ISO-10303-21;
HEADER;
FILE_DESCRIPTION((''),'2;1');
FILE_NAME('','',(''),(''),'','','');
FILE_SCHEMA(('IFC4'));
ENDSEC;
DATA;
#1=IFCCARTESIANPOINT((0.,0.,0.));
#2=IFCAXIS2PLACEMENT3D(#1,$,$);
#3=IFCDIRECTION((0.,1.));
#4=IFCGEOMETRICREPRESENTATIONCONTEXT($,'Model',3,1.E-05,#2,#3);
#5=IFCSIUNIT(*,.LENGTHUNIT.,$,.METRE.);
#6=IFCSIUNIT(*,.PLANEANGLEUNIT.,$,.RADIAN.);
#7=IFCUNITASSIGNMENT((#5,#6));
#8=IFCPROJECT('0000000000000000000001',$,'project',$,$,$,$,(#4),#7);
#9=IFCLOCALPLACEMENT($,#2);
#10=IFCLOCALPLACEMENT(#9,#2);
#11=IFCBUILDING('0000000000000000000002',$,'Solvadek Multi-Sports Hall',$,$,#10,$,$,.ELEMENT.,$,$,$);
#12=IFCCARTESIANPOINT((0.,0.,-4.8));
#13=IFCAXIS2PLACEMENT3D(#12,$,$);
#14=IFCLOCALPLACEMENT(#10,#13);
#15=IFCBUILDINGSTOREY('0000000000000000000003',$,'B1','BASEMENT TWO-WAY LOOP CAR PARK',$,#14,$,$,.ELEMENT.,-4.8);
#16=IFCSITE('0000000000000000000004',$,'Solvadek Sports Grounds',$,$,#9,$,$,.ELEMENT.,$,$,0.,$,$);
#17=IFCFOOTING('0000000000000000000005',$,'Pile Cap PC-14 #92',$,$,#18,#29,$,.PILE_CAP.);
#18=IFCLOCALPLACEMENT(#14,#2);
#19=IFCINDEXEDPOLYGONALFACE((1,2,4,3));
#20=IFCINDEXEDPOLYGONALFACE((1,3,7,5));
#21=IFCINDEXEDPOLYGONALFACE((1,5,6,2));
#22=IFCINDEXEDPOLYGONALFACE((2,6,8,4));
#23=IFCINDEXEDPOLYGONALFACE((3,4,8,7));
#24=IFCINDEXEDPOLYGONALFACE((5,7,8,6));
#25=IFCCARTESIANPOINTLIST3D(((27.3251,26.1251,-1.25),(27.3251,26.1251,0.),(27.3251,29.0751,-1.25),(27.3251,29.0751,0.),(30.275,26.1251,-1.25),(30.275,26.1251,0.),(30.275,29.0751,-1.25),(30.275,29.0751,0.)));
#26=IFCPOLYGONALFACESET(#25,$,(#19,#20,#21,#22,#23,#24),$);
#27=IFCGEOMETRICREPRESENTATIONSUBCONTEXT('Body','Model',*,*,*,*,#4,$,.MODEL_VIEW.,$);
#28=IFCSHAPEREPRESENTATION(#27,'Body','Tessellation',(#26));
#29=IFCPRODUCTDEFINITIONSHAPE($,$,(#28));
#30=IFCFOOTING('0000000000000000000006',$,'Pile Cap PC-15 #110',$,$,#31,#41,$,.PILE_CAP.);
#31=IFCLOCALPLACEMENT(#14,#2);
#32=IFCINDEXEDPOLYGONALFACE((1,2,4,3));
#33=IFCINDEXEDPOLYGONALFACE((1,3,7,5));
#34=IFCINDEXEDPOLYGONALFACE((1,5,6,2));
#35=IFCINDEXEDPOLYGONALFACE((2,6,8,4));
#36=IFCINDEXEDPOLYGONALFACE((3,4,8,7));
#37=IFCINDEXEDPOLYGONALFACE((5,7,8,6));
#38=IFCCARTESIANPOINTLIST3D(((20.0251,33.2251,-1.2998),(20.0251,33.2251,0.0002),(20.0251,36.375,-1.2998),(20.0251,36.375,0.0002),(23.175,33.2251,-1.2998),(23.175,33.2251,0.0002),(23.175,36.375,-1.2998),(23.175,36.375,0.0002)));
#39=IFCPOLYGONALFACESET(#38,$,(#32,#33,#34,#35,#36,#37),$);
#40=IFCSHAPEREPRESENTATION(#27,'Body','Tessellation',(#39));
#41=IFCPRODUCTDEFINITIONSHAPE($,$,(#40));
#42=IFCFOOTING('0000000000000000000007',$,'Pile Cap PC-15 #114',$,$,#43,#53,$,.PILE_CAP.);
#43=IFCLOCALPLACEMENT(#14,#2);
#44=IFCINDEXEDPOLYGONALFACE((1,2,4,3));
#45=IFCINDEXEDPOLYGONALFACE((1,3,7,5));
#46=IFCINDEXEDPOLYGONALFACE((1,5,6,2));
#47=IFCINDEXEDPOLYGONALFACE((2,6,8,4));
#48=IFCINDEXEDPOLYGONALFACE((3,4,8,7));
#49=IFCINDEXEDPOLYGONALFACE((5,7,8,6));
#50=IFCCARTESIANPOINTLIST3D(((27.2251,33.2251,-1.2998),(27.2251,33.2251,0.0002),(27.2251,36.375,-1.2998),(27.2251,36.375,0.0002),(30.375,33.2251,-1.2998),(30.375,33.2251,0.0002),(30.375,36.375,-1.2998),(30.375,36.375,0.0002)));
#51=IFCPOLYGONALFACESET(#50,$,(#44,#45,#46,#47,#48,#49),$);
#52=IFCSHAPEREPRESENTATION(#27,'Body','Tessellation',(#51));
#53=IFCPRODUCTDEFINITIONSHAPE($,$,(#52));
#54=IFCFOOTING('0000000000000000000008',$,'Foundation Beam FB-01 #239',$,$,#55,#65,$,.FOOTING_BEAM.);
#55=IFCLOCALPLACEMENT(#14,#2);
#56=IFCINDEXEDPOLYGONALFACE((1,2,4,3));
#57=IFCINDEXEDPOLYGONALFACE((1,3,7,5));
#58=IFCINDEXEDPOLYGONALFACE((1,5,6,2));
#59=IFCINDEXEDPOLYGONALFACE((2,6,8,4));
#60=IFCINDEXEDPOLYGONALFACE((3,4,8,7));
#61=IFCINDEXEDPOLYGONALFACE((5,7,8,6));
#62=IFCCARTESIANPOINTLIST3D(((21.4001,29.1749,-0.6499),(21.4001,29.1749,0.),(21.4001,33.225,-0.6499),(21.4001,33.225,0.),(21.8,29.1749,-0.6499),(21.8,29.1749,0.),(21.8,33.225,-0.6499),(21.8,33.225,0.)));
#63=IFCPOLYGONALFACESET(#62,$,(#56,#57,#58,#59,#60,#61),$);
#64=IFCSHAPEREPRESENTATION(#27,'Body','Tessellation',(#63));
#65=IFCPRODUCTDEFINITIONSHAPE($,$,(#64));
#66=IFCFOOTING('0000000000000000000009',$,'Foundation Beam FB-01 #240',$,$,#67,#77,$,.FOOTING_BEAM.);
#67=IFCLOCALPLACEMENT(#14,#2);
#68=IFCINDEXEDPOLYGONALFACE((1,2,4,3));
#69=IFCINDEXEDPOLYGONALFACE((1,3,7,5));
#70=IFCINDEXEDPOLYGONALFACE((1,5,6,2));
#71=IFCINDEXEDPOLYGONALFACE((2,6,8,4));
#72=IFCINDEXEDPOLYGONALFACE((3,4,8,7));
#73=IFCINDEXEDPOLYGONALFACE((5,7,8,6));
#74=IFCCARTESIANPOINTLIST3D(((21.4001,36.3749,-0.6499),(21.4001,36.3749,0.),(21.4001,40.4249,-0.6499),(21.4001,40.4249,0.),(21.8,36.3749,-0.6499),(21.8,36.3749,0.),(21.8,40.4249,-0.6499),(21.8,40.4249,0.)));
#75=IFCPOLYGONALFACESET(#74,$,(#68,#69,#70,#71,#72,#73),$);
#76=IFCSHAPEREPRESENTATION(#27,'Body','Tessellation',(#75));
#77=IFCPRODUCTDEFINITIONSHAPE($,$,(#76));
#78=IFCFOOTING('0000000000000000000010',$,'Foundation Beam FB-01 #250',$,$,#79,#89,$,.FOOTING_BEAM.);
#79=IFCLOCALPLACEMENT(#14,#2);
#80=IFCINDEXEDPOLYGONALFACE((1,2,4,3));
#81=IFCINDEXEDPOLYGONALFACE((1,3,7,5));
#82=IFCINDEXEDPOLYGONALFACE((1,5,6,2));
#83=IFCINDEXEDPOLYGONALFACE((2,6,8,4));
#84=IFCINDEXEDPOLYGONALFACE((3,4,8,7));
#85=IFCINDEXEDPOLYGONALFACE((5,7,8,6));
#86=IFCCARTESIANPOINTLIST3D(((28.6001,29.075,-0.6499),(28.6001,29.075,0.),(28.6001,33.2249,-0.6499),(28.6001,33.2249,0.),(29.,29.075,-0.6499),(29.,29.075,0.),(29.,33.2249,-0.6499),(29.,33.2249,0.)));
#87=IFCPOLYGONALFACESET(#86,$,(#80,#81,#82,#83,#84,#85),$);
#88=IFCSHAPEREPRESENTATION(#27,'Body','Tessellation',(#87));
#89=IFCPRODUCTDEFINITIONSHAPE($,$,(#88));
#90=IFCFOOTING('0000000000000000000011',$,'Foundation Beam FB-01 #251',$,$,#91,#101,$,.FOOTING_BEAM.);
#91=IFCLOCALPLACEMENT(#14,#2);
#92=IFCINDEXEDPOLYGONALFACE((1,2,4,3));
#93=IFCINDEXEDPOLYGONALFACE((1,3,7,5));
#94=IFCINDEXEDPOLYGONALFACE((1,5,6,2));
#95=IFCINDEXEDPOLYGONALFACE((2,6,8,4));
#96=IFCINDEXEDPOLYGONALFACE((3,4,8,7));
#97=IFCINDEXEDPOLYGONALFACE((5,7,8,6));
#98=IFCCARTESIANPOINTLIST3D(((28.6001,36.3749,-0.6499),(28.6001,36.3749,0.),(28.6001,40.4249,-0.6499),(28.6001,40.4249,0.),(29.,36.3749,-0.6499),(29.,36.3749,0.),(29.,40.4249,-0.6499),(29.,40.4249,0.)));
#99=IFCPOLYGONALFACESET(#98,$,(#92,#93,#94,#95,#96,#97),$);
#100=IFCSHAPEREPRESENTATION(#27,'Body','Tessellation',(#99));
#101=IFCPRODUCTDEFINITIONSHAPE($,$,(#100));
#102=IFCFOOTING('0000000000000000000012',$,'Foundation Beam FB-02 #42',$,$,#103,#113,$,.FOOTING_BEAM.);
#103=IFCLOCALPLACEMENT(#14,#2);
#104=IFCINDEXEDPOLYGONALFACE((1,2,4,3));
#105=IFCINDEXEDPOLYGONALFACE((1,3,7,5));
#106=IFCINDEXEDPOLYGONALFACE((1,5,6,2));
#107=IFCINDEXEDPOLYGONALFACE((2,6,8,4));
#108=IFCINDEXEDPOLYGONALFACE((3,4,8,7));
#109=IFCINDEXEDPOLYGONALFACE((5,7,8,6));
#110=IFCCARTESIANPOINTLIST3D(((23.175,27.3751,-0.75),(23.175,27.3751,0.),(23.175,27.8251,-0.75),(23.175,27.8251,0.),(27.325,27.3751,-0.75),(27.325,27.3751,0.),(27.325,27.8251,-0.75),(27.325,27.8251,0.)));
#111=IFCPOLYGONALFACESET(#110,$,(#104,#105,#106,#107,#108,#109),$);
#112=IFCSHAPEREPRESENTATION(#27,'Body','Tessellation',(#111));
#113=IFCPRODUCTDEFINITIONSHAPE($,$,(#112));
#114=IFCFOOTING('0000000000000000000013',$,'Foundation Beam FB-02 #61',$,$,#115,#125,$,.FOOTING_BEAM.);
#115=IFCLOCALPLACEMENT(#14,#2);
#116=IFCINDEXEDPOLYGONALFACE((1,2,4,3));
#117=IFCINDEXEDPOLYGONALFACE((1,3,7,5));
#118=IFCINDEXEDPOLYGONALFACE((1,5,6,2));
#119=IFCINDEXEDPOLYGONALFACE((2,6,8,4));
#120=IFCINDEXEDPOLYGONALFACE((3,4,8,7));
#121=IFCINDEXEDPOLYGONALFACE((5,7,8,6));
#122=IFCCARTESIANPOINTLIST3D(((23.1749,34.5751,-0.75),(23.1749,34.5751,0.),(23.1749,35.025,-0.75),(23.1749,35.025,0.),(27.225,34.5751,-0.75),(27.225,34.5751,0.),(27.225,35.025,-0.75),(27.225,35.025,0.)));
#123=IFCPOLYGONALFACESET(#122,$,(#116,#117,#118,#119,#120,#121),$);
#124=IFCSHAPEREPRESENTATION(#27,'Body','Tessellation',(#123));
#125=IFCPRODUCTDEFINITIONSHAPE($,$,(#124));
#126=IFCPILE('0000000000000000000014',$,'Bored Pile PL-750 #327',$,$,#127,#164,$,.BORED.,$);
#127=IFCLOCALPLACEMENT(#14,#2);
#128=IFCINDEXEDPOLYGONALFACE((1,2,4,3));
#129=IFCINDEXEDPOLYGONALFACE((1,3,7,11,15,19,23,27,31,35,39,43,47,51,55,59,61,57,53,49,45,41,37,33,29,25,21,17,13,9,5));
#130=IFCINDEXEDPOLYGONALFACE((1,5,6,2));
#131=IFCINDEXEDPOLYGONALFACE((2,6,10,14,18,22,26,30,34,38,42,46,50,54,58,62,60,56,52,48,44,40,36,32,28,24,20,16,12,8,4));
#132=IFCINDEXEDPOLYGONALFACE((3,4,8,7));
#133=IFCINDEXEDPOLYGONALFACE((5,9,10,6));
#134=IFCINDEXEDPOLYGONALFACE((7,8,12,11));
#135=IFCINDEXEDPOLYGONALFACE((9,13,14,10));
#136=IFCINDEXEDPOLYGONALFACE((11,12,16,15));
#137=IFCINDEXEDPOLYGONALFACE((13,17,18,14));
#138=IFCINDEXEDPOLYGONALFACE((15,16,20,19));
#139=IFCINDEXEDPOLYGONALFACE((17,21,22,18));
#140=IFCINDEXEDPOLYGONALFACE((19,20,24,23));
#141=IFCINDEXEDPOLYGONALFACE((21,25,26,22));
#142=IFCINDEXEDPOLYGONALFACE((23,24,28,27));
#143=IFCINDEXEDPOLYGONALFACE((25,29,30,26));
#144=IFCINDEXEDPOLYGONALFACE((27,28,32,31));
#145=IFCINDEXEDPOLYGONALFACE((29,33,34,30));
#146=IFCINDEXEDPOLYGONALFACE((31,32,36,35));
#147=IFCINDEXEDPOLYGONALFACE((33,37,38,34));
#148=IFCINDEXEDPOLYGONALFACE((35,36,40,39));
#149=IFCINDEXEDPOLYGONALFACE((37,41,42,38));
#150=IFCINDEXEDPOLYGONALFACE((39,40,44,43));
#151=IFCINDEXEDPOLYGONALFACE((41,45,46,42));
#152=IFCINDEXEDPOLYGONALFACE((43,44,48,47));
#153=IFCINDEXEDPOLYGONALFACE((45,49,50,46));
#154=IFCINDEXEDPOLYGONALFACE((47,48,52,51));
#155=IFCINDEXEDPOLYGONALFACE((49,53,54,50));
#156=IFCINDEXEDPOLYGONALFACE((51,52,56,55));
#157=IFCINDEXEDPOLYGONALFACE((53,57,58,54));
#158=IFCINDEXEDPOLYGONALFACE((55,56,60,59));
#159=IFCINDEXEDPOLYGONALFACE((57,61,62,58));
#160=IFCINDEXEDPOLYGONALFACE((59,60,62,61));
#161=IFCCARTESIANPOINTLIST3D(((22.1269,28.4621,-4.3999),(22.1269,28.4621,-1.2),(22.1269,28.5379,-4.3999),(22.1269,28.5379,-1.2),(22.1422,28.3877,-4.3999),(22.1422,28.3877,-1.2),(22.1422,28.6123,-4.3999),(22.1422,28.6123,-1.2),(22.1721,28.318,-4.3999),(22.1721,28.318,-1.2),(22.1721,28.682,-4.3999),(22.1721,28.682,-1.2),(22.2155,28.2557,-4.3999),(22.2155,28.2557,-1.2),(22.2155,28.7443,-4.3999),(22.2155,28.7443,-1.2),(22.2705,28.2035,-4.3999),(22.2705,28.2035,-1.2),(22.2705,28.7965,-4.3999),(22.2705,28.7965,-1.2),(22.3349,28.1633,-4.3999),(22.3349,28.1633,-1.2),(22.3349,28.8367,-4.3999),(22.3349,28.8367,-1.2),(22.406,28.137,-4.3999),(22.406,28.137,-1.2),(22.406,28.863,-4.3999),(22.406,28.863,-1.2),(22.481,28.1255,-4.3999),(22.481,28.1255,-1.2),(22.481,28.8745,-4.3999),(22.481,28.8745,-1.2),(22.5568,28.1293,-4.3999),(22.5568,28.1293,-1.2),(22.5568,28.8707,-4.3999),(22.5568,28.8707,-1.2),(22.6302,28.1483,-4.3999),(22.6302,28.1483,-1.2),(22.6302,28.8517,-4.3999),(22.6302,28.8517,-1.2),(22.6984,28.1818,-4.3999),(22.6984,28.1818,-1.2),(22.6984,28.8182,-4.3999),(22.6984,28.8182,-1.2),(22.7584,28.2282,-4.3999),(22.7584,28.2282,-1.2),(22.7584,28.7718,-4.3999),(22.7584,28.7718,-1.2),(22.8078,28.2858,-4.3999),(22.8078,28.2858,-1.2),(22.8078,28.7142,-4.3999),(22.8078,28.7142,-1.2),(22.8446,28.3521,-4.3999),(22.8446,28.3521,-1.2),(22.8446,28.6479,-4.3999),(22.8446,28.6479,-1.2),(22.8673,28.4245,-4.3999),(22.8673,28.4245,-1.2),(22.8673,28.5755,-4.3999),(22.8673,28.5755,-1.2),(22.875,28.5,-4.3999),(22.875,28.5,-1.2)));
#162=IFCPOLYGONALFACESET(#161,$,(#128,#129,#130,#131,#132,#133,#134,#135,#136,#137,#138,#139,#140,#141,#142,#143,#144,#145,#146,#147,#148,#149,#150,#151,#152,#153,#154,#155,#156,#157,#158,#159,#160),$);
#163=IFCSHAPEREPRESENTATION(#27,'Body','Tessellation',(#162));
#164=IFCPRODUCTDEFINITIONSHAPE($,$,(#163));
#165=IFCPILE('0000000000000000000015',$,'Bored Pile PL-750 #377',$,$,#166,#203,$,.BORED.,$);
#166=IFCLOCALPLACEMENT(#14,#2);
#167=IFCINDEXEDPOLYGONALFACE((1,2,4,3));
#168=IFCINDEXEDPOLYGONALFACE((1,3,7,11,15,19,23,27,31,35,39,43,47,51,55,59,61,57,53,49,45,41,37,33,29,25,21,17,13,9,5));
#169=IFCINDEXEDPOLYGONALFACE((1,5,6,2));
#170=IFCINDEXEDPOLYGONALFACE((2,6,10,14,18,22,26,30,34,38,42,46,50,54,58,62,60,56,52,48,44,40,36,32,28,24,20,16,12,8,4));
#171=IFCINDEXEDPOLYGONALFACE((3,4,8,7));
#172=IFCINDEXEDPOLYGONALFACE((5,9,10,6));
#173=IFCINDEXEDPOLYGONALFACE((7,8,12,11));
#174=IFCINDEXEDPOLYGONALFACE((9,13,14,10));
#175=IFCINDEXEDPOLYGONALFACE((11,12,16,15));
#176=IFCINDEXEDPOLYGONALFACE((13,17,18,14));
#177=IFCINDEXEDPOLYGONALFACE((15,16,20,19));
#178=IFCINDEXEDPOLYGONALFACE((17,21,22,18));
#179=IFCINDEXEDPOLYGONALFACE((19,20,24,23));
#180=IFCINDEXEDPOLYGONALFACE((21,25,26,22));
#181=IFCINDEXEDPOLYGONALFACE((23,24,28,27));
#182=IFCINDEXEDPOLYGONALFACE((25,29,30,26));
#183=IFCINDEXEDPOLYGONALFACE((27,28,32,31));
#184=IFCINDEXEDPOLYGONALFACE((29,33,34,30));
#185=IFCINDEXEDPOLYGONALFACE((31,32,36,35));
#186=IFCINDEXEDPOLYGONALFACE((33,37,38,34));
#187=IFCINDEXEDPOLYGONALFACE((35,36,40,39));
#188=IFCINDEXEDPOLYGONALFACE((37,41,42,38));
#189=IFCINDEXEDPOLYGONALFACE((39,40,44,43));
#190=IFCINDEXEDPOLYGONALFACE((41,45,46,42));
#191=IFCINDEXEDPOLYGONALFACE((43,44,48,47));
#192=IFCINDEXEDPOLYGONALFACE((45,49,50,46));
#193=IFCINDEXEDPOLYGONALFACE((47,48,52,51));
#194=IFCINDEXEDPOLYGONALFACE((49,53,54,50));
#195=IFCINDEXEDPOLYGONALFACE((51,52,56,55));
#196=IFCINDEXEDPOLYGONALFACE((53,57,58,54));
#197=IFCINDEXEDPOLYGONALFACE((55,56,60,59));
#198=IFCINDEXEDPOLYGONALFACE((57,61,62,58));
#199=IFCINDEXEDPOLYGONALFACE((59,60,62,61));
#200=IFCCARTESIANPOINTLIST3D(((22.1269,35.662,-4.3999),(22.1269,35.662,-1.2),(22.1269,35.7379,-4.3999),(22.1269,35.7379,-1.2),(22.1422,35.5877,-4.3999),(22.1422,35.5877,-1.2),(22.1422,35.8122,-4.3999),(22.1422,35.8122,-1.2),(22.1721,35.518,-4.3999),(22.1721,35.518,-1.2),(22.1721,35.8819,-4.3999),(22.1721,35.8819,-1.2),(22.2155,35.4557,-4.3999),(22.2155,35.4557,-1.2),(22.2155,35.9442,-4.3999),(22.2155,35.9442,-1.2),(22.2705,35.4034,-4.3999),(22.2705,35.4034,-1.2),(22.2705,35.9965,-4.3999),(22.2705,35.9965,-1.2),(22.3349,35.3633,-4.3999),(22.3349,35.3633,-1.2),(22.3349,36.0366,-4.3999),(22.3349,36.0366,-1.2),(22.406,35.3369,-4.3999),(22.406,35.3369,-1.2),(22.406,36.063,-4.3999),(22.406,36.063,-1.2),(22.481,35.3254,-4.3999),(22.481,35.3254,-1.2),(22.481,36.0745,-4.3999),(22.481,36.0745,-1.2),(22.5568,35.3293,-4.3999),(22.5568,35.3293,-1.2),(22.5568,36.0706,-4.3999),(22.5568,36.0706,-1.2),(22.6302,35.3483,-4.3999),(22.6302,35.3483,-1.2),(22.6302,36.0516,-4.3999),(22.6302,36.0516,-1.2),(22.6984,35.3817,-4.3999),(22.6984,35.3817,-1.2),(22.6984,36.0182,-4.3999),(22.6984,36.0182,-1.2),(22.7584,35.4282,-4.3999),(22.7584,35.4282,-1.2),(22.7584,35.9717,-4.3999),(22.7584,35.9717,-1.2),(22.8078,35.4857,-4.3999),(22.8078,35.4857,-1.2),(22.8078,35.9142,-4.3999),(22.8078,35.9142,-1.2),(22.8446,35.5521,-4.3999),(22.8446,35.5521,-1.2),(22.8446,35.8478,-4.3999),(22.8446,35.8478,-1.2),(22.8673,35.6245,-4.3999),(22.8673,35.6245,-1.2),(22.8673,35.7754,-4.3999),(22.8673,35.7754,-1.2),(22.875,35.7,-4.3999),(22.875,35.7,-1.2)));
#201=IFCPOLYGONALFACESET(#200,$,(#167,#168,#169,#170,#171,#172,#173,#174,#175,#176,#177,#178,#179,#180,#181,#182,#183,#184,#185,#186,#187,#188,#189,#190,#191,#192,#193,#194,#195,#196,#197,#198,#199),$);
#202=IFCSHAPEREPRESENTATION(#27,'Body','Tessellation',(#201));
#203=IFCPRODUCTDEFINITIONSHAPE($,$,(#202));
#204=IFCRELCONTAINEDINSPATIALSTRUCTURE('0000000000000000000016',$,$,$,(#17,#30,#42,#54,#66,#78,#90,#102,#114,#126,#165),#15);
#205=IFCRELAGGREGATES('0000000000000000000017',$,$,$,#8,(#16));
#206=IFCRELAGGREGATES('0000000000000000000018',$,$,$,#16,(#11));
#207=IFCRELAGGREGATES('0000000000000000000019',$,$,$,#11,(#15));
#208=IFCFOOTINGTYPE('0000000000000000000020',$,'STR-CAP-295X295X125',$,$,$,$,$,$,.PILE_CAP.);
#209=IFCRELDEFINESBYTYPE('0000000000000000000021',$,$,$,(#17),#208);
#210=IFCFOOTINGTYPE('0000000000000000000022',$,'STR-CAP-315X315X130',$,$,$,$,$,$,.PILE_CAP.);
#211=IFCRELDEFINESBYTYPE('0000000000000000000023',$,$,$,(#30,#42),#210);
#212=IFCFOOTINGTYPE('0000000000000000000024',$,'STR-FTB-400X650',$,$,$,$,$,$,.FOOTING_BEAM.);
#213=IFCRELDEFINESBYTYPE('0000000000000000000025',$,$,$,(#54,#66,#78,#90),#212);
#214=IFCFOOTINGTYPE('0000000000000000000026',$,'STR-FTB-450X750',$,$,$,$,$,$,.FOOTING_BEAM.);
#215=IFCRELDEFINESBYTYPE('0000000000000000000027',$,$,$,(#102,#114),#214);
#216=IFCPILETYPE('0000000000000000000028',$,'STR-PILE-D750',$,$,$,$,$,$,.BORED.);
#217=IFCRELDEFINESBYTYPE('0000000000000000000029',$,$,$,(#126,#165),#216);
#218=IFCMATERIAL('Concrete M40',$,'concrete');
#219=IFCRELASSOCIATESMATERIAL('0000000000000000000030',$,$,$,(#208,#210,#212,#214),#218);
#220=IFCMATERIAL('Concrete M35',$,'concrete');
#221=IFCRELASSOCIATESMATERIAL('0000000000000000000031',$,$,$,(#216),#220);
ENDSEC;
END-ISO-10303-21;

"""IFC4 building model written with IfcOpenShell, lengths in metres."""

from ifc_helpers import new_model, si_unit, direction, frame, origin, origin_2d, place, context, subcontext, project, spatial, rectangle, circle, extrude, material, material_profile, profile_set, type_object, element, save


model = new_model("IFC4")

# Units and contexts
model_context = context("Model", 3, precision=1e-05, world=origin(), true_north=direction((0.0, 1.0)))
body_context = subcontext(model_context, "Body", "Model", "MODEL_VIEW")
ifc_project = project(units=[si_unit("LENGTHUNIT", "METRE"), si_unit("PLANEANGLEUNIT", "RADIAN")], contexts=[model_context])

# Site, building, storey
site_placement = place(None, origin())
site = spatial("IfcSite", under=ifc_project, at=site_placement, Name="Solvadek Sports Grounds", CompositionType="ELEMENT", RefElevation=0.0)
building_placement = place(site_placement, origin())
building = spatial("IfcBuilding", under=site, at=building_placement, Name="Solvadek Multi-Sports Hall", CompositionType="ELEMENT")
storey_placement = place(building_placement, frame((0.0, 0.0, -4.8)))
storey = spatial("IfcBuildingStorey", under=building, at=storey_placement, Name="B1", Description="BASEMENT TWO-WAY LOOP CAR PARK", CompositionType="ELEMENT", Elevation=-4.8)

# Footings
ifc_material_1 = material(Name="Concrete M40", Category="concrete")
footing_type_1 = type_object("IfcFootingType", Name="STR-CAP-295X295X125", PredefinedType="PILE_CAP", material=ifc_material_1)
footing_1_placement = place(storey_placement, frame((28.8, 27.6001, -1.25), z_axis=(0.0, 0.0, 1.0), x_axis=(1.0, 0.0, 0.0)))
element("IfcFooting", 1, at=footing_1_placement, inside=storey, type_object=footing_type_1, Name="Pile Cap PC-14 #92", PredefinedType="PILE_CAP", context=body_context, shape_type="SweptSolid", body=[
    extrude(rectangle(XDim=2.95, YDim=2.95, at=origin_2d()), origin(), (0.0, 0.0, 1.0), 1.25),
])
footing_type_2 = type_object("IfcFootingType", Name="STR-CAP-315X315X130", PredefinedType="PILE_CAP", material=ifc_material_1)
for number, where, z_axis, x_axis, name in (
    (2, (21.6001, 34.8, -1.2998), (0.0, 0.0, 1.0), (1.0, 0.0, 0.0), "Pile Cap PC-15 #110"),
    (3, (28.8, 34.8, -1.2998), (0.0, 0.0, 1.0), (1.0, 0.0, 0.0), "Pile Cap PC-15 #114"),
):
    element("IfcFooting", number, at=place(storey_placement, frame(where, z_axis=z_axis, x_axis=x_axis)), inside=storey, type_object=footing_type_2, Name=name, PredefinedType="PILE_CAP", context=body_context, shape_type="SweptSolid", body=[
        extrude(rectangle(XDim=3.1499, YDim=3.1499, at=origin_2d()), origin(), (0.0, 0.0, 1.0), 1.3),
    ])
footing_type_3 = type_object("IfcFootingType", Name="STR-FTB-400X650", PredefinedType="FOOTING_BEAM", material=ifc_material_1)
for number, where, z_axis, x_axis, name in (
    (4, (21.6001, 31.2, -0.6499), (0.0, 0.0, 1.0), (0.0, 1.0, 0.0), "Foundation Beam FB-01 #239"),
    (5, (21.6001, 38.3999, -0.6499), (0.0, 0.0, 1.0), (0.0, 1.0, 0.0), "Foundation Beam FB-01 #240"),
):
    element("IfcFooting", number, at=place(storey_placement, frame(where, z_axis=z_axis, x_axis=x_axis)), inside=storey, type_object=footing_type_3, Name=name, PredefinedType="FOOTING_BEAM", context=body_context, shape_type="SweptSolid", body=[
        extrude(rectangle(XDim=4.05, YDim=0.3999, at=origin_2d()), origin(), (0.0, 0.0, 1.0), 0.6499),
    ])
footing_2_placement = place(storey_placement, frame((28.8, 31.1499, -0.6499), z_axis=(0.0, 0.0, 1.0), x_axis=(0.0, 1.0, 0.0)))
element("IfcFooting", 6, at=footing_2_placement, inside=storey, type_object=footing_type_3, Name="Foundation Beam FB-01 #250", PredefinedType="FOOTING_BEAM", context=body_context, shape_type="SweptSolid", body=[
    extrude(rectangle(XDim=4.1499, YDim=0.3999, at=origin_2d()), origin(), (0.0, 0.0, 1.0), 0.6499),
])
footing_3_placement = place(storey_placement, frame((28.8, 38.3999, -0.6499), z_axis=(0.0, 0.0, 1.0), x_axis=(0.0, 1.0, 0.0)))
element("IfcFooting", 7, at=footing_3_placement, inside=storey, type_object=footing_type_3, Name="Foundation Beam FB-01 #251", PredefinedType="FOOTING_BEAM", context=body_context, shape_type="SweptSolid", body=[
    extrude(rectangle(XDim=4.05, YDim=0.3999, at=origin_2d()), origin(), (0.0, 0.0, 1.0), 0.6499),
])
footing_type_4 = type_object("IfcFootingType", Name="STR-FTB-450X750", PredefinedType="FOOTING_BEAM", material=ifc_material_1)
footing_4_placement = place(storey_placement, frame((25.25, 27.6001, -0.75), z_axis=(0.0, 0.0, 1.0), x_axis=(1.0, 0.0, 0.0)))
element("IfcFooting", 8, at=footing_4_placement, inside=storey, type_object=footing_type_4, Name="Foundation Beam FB-02 #42", PredefinedType="FOOTING_BEAM", context=body_context, shape_type="SweptSolid", body=[
    extrude(rectangle(XDim=4.1499, YDim=0.45, at=origin_2d()), origin(), (0.0, 0.0, 1.0), 0.75),
])
footing_5_placement = place(storey_placement, frame((25.2, 34.8, -0.75), z_axis=(0.0, 0.0, 1.0), x_axis=(1.0, 0.0, 0.0)))
element("IfcFooting", 9, at=footing_5_placement, inside=storey, type_object=footing_type_4, Name="Foundation Beam FB-02 #61", PredefinedType="FOOTING_BEAM", context=body_context, shape_type="SweptSolid", body=[
    extrude(rectangle(XDim=4.05, YDim=0.45, at=origin_2d()), origin(), (0.0, 0.0, 1.0), 0.75),
])

# Piles
ifc_material_2 = material(Name="Concrete M35", Category="concrete")
ifc_material_profile_1 = material_profile(ifc_material_2, circle(Radius=0.375, at=origin_2d()), Name="BORED PILE D750")
ifc_profile_set_1 = profile_set([ifc_material_profile_1], Name="Concrete M35")
pile_type = type_object("IfcPileType", Name="STR-PILE-D750", PredefinedType="BORED", material=ifc_profile_set_1)
for number, where, z_axis, x_axis, name in (
    (10, (22.5, 28.5, -1.2), (0.0, 0.0, -1.0), (1.0, 0.0, 0.0), "Bored Pile PL-750 #327"),
    (11, (22.5, 35.7, -1.2), (0.0, 0.0, -1.0), (1.0, 0.0, 0.0), "Bored Pile PL-750 #377"),
):
    element("IfcPile", number, at=place(storey_placement, frame(where, z_axis=z_axis, x_axis=x_axis)), inside=storey, type_object=pile_type, Name=name, PredefinedType="BORED", context=body_context, shape_type="SweptSolid", body=[
        extrude(circle(Radius=0.375, at=origin_2d()), origin(), (0.0, 0.0, 1.0), 3.2),
    ])

save(model, "model.ifc")
